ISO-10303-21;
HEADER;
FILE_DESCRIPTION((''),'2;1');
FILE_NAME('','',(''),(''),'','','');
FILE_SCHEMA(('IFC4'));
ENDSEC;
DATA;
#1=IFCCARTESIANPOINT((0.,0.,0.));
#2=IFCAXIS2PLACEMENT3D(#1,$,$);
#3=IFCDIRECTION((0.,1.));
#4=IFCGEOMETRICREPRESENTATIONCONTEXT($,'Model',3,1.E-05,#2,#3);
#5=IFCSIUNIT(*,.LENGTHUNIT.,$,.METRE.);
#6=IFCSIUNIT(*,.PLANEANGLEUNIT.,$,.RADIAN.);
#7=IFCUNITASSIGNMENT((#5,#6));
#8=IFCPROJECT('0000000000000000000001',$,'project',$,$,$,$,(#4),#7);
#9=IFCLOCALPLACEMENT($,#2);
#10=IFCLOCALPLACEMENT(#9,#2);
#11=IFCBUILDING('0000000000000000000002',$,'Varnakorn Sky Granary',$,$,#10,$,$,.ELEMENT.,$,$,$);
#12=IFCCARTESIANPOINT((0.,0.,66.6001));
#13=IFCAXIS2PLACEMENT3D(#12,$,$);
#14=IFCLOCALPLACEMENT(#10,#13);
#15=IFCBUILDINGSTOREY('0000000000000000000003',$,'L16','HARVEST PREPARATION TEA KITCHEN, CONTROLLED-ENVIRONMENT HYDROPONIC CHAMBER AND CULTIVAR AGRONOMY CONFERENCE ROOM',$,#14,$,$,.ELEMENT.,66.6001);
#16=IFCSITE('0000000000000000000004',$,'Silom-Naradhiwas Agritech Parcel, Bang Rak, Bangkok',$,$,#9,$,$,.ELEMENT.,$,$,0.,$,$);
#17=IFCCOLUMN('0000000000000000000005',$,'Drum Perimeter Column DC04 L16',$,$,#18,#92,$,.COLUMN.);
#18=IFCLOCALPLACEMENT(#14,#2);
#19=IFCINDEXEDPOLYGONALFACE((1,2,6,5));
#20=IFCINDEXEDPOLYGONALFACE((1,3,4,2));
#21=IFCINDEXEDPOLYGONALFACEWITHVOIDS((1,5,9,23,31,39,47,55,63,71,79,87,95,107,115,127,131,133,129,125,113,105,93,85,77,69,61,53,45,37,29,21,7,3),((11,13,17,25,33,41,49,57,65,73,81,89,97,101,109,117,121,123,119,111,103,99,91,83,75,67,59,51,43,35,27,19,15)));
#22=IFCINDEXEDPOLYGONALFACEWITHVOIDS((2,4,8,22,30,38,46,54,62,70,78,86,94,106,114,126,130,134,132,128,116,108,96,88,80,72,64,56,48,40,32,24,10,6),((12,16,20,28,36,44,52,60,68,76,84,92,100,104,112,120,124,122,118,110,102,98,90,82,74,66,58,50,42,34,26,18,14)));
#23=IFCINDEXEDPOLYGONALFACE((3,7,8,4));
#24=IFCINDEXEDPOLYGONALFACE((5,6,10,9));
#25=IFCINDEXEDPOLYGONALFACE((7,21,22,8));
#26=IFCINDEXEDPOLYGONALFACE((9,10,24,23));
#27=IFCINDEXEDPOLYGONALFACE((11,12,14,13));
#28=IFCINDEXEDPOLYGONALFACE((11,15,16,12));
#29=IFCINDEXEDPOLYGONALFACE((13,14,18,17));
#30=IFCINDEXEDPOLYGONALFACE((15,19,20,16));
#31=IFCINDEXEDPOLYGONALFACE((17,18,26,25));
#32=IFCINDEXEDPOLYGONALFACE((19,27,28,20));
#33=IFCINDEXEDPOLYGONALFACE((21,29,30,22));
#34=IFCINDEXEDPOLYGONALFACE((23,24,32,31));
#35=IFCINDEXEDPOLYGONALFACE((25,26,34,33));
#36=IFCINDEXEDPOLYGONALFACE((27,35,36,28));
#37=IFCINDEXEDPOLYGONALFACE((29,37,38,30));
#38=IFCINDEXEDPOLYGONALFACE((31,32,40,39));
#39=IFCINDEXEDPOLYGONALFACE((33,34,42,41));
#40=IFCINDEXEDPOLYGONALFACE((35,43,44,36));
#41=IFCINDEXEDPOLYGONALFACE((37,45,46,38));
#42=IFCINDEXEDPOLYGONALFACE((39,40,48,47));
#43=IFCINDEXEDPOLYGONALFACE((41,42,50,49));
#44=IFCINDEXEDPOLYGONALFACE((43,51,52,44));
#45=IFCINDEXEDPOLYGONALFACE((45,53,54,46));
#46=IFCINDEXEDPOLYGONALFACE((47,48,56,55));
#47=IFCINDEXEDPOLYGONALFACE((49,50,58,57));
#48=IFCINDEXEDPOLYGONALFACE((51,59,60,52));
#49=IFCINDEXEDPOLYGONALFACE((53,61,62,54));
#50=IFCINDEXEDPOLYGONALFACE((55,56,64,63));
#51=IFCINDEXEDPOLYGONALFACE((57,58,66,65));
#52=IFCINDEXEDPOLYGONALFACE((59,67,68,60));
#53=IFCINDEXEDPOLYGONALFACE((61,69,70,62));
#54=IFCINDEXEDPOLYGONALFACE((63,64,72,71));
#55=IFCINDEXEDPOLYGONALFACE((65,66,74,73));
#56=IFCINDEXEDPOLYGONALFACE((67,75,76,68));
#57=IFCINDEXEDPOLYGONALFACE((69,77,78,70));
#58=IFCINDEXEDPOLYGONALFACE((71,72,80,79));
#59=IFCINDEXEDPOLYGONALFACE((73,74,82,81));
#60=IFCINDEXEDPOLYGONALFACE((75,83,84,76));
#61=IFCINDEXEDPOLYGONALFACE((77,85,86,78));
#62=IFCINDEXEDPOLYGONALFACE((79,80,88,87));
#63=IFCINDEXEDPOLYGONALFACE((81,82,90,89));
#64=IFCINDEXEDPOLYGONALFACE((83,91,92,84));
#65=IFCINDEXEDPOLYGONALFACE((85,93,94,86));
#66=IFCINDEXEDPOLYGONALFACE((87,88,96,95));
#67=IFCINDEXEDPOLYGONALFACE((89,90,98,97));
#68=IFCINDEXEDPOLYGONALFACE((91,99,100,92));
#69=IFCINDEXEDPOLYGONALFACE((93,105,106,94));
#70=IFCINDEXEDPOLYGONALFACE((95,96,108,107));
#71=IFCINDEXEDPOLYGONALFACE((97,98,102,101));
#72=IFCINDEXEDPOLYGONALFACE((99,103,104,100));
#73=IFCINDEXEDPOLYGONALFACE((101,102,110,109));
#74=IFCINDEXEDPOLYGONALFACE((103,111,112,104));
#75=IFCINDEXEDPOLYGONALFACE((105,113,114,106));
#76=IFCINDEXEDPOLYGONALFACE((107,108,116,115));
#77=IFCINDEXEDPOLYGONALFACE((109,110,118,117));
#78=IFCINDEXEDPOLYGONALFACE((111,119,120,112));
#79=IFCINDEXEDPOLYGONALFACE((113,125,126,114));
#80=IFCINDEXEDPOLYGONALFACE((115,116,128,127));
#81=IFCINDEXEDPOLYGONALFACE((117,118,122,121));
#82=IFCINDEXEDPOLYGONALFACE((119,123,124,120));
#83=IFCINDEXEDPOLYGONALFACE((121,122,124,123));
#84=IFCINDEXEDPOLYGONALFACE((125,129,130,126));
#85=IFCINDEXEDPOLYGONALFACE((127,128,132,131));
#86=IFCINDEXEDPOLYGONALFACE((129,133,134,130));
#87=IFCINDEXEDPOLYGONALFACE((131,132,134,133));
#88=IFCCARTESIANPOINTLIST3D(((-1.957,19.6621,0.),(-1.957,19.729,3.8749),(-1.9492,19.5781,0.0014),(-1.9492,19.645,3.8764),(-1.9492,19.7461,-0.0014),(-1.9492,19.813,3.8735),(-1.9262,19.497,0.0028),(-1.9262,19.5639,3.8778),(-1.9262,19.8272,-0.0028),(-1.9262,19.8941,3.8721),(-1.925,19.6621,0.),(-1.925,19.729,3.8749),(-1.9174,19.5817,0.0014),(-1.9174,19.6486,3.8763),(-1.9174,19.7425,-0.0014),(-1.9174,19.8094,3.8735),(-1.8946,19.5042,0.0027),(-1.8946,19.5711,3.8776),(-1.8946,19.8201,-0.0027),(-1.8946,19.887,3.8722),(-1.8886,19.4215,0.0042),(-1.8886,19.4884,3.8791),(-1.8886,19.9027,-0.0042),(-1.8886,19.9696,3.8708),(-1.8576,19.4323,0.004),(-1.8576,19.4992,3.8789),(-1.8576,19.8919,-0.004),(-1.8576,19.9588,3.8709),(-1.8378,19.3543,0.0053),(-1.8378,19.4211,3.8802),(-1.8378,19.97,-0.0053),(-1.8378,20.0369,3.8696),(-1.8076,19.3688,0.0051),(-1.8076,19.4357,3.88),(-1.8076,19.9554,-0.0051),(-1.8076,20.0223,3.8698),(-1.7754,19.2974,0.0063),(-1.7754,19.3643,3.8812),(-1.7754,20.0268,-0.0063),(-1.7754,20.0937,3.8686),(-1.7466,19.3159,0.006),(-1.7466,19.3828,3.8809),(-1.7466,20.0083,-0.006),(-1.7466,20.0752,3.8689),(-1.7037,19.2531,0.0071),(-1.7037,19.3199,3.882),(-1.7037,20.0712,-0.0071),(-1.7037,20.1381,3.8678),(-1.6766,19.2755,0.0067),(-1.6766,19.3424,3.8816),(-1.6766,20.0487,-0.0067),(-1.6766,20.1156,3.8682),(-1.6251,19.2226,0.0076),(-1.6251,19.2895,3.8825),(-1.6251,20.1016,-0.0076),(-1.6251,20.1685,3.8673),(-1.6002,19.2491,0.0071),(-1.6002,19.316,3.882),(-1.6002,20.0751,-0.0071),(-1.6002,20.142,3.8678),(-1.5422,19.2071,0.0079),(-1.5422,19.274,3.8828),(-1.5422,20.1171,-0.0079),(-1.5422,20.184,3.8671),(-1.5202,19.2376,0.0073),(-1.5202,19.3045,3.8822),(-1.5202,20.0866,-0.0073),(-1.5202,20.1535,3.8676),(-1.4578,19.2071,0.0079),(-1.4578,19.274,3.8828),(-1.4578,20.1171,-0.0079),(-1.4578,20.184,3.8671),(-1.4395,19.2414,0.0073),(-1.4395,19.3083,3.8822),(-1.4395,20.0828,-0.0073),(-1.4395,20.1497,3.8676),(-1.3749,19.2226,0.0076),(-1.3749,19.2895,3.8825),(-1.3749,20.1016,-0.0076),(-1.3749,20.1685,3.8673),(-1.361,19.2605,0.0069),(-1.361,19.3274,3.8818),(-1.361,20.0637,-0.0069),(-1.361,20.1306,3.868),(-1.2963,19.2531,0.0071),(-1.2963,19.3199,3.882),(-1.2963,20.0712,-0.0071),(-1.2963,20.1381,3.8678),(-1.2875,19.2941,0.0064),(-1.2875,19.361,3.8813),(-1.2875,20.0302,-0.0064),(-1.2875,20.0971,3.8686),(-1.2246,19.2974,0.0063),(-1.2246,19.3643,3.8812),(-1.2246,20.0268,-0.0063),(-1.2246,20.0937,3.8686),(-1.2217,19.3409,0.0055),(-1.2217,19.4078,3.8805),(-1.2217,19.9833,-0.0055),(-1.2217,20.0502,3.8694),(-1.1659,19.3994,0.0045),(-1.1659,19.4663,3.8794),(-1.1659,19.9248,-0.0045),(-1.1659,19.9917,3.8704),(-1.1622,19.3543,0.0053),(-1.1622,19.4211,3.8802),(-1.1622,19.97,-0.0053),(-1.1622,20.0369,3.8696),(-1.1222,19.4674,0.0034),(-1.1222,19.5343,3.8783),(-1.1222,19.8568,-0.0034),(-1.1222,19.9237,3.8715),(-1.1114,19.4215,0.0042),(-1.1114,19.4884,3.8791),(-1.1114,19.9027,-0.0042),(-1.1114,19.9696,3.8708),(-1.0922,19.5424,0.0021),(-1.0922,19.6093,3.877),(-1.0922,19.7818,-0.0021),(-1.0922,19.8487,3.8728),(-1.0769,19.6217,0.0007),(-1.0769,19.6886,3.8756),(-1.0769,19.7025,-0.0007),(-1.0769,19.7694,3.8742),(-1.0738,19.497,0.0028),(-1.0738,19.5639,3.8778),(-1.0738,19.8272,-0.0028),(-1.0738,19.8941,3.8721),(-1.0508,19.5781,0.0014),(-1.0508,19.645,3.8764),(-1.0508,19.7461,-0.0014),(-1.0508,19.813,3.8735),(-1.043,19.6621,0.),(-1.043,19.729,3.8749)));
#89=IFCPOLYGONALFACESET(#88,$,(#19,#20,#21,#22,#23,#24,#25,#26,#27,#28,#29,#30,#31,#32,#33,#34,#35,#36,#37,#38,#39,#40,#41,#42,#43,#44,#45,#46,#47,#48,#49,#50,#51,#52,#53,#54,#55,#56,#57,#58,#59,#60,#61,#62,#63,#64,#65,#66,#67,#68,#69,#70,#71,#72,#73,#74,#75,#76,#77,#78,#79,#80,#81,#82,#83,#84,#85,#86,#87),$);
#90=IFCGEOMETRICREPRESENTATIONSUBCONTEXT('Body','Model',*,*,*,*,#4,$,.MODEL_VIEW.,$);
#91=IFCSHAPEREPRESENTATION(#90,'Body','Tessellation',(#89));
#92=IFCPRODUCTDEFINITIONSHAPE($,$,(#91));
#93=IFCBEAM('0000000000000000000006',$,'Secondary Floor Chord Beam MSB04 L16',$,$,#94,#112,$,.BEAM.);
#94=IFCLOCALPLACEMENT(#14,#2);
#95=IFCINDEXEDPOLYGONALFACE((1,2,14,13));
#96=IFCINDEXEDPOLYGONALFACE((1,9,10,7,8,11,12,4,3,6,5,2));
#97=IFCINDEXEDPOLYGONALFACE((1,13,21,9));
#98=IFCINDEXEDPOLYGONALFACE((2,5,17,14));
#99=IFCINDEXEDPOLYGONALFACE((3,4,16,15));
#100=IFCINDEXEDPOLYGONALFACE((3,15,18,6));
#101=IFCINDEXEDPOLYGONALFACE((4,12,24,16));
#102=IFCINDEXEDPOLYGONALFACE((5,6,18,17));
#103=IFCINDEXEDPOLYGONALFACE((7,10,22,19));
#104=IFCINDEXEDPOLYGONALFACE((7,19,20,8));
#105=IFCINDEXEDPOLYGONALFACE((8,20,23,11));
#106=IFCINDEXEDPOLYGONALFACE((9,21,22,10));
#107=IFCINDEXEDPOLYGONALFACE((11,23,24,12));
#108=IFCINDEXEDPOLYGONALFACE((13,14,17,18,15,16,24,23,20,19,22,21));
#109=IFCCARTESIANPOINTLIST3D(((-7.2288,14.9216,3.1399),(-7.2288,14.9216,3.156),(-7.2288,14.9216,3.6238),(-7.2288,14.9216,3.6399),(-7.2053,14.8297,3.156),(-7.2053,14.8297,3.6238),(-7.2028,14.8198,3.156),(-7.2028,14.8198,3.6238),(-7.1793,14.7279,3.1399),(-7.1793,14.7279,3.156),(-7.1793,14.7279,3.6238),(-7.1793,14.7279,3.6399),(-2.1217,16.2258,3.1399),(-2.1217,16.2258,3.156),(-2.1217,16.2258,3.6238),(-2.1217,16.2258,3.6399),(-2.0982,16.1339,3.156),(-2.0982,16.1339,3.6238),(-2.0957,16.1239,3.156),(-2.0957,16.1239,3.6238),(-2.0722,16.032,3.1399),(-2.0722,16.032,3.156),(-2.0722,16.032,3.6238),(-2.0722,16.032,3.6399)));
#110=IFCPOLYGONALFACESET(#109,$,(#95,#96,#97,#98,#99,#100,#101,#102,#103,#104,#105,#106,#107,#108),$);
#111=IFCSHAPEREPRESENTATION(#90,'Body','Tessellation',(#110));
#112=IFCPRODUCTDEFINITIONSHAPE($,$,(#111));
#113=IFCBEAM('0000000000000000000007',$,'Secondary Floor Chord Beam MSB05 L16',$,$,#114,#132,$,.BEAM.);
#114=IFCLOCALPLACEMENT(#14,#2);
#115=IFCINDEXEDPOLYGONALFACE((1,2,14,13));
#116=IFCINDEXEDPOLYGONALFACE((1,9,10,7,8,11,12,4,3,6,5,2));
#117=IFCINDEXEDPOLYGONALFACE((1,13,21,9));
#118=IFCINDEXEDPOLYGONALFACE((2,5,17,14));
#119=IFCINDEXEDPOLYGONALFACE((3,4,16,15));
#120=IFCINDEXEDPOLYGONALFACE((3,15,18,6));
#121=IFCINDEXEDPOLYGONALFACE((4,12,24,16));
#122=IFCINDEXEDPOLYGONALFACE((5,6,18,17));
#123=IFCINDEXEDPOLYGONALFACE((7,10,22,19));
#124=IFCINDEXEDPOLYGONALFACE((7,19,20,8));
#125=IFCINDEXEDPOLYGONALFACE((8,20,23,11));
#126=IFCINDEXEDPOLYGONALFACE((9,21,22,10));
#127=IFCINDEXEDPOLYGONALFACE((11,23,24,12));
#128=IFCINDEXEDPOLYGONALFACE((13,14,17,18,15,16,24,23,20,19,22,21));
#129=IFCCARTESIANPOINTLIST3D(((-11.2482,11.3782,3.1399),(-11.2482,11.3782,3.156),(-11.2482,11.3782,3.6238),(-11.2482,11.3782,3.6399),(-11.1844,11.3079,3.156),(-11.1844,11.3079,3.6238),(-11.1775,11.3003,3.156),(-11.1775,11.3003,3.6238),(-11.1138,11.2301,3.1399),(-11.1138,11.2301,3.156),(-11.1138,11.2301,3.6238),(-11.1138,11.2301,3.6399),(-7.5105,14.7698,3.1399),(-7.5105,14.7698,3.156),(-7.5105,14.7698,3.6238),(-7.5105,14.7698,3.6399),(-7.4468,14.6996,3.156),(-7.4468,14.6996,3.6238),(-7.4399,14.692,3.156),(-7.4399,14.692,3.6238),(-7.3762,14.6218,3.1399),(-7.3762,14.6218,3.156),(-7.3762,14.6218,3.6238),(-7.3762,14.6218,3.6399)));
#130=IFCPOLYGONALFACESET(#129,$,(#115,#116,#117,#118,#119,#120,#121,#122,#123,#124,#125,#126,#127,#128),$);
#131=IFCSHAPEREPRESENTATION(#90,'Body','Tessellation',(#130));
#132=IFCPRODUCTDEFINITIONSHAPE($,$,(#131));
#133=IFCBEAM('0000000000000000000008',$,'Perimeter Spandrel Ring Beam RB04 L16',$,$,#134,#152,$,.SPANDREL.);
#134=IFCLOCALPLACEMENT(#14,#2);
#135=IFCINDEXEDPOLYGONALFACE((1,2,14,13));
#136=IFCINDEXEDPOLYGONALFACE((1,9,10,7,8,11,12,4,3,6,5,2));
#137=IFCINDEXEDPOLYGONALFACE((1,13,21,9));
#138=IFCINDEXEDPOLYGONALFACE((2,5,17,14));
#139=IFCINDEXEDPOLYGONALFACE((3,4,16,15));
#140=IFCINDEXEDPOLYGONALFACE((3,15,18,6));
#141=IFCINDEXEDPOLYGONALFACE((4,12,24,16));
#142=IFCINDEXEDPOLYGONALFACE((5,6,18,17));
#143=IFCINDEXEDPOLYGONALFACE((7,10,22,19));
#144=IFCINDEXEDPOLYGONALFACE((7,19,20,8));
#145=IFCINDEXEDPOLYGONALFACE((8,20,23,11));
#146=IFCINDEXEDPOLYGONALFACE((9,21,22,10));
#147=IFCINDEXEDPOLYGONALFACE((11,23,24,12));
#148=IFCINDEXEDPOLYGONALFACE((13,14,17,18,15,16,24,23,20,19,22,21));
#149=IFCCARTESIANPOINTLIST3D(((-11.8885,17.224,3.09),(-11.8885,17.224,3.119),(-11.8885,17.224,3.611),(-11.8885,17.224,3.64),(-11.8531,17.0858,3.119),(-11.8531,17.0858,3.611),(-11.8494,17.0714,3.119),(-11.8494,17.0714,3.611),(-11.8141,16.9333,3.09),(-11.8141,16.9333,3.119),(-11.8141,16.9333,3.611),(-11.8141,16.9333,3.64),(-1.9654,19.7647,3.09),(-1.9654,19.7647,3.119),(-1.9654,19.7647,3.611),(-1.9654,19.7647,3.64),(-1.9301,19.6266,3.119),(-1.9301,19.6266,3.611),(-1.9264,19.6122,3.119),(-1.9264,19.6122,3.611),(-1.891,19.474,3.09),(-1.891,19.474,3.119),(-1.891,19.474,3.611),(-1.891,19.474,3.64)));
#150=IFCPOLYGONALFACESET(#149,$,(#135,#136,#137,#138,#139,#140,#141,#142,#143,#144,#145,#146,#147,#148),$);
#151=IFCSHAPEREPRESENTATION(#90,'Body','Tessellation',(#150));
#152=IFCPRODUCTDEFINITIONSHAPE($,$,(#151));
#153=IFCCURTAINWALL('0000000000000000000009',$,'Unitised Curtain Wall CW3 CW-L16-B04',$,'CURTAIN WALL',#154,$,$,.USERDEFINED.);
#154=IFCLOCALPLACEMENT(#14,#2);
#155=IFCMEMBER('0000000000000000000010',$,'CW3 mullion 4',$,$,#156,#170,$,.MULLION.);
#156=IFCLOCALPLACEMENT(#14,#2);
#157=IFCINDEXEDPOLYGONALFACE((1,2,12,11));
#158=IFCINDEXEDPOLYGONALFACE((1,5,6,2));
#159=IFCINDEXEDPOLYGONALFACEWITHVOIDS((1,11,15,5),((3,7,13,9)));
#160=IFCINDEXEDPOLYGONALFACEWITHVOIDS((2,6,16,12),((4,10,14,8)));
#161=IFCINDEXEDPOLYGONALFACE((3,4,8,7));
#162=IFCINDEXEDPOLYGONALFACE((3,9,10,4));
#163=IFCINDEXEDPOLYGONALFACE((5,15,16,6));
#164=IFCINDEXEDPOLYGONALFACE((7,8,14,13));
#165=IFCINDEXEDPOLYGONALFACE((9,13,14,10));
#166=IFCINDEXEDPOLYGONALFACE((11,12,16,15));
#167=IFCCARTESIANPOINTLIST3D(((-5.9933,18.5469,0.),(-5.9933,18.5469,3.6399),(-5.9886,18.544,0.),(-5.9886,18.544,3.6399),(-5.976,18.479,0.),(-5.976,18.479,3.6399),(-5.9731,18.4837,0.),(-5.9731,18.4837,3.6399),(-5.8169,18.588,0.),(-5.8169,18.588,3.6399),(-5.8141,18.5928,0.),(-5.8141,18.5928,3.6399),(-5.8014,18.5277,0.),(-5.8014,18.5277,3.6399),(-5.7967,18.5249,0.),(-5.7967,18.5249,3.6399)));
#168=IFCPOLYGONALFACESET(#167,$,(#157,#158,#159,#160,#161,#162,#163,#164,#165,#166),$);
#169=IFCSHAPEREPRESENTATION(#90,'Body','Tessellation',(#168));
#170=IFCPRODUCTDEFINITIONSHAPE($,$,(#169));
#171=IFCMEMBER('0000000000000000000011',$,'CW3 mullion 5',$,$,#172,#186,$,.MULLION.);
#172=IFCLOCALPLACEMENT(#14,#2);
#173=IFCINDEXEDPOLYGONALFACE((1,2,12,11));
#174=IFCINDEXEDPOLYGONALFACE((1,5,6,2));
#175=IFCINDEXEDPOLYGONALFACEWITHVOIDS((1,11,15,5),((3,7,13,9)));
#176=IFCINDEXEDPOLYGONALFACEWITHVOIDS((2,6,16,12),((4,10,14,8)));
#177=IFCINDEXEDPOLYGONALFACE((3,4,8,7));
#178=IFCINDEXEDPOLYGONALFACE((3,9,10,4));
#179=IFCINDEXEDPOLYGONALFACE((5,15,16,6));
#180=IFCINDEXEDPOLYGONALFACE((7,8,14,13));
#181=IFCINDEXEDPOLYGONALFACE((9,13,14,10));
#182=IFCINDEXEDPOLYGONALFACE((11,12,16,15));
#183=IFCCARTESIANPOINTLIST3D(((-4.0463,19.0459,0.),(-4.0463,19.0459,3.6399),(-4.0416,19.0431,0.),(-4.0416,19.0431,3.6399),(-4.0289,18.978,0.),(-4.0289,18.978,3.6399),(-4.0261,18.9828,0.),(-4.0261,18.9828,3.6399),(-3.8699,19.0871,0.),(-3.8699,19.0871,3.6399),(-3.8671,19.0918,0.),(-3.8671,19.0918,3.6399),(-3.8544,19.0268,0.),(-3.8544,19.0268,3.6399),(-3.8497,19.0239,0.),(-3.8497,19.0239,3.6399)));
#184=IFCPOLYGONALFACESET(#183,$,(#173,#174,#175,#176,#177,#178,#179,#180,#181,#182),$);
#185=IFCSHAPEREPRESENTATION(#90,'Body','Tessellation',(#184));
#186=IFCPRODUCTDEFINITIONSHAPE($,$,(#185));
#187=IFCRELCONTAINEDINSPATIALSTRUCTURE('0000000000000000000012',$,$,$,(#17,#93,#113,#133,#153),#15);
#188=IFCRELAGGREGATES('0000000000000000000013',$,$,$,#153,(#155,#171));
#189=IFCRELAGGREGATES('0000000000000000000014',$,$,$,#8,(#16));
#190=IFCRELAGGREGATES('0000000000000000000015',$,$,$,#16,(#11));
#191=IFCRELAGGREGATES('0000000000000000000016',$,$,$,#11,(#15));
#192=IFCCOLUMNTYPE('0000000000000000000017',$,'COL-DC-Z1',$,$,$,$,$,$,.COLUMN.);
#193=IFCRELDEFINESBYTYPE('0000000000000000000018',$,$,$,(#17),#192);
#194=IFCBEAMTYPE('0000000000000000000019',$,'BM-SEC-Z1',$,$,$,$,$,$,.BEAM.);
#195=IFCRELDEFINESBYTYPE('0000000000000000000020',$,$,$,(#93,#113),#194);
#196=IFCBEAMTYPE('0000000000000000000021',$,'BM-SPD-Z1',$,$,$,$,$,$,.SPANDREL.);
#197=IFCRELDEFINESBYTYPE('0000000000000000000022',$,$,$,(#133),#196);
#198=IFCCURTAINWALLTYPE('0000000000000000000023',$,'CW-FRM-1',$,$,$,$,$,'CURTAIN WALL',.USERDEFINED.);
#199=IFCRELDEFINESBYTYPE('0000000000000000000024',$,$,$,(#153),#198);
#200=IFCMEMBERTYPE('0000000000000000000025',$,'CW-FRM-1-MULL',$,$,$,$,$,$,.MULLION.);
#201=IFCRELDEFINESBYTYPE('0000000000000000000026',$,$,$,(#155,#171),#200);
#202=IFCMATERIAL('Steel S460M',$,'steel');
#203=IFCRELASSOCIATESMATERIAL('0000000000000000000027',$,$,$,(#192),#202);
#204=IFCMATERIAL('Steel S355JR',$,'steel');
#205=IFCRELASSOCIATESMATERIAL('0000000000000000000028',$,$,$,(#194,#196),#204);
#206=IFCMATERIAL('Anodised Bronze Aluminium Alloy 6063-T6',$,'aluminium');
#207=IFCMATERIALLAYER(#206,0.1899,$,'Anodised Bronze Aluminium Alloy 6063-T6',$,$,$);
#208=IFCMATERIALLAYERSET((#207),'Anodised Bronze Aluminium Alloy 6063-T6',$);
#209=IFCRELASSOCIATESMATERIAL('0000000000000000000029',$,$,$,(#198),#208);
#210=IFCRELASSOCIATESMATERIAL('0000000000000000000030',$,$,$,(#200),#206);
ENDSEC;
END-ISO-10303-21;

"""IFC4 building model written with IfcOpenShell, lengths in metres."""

from ifc_helpers import new_model, si_unit, direction, frame, origin, origin_2d, place, context, subcontext, project, spatial, hollow_rectangle, hollow_circle, i_section, extrude, material, layer, layer_set, material_profile, profile_set, type_object, element, aggregate, save


model = new_model("IFC4")

# Units and contexts
model_context = context("Model", 3, precision=1e-05, world=origin(), true_north=direction((0.0, 1.0)))
body_context = subcontext(model_context, "Body", "Model", "MODEL_VIEW")
ifc_project = project(units=[si_unit("LENGTHUNIT", "METRE"), si_unit("PLANEANGLEUNIT", "RADIAN")], contexts=[model_context])

# Site, building, storey
site_placement = place(None, origin())
site = spatial("IfcSite", under=ifc_project, at=site_placement, Name="Silom-Naradhiwas Agritech Parcel, Bang Rak, Bangkok", CompositionType="ELEMENT", RefElevation=0.0)
building_placement = place(site_placement, origin())
building = spatial("IfcBuilding", under=site, at=building_placement, Name="Varnakorn Sky Granary", CompositionType="ELEMENT")
storey_placement = place(building_placement, frame((0.0, 0.0, 66.6001)))
storey = spatial("IfcBuildingStorey", under=building, at=storey_placement, Name="L16", Description="HARVEST PREPARATION TEA KITCHEN, CONTROLLED-ENVIRONMENT HYDROPONIC CHAMBER AND CULTIVAR AGRONOMY CONFERENCE ROOM", CompositionType="ELEMENT", Elevation=66.6001)

# Column
ifc_material_1 = material(Name="Steel S460M", Category="steel")
ifc_material_profile_1 = material_profile(ifc_material_1, hollow_circle(Radius=0.457, WallThickness=0.032, at=origin_2d()), Name="CHS 914x32")
ifc_profile_set_1 = profile_set([ifc_material_profile_1], Name="Steel S460M")
column_type = type_object("IfcColumnType", Name="COL-DC-Z1", PredefinedType="COLUMN", material=ifc_profile_set_1)
column_placement = place(storey_placement, frame((-1.5, 19.6621, 0.0), z_axis=(0.0, 0.017261, 0.999851), x_axis=(-1.0, 0.0, 0.0)))
element("IfcColumn", 1, at=column_placement, inside=storey, type_object=column_type, Name="Drum Perimeter Column DC04 L16", PredefinedType="COLUMN", context=body_context, shape_type="SweptSolid", body=[
    extrude(hollow_circle(Radius=0.457, WallThickness=0.032, at=origin_2d()), origin(), (0.0, 0.0, 1.0), 3.8755),
])

# Beams
ifc_material_2 = material(Name="Steel S355JR", Category="steel")
ifc_material_profile_2 = material_profile(ifc_material_2, i_section(OverallWidth=0.2, OverallDepth=0.5, WebThickness=0.0103, FlangeThickness=0.0161, at=origin_2d()), Name="IPE 500")
ifc_profile_set_2 = profile_set([ifc_material_profile_2], Name="Steel S355JR")
beam_type_1 = type_object("IfcBeamType", Name="BM-SEC-Z1", PredefinedType="BEAM", material=ifc_profile_set_2)
beam_1_placement = place(storey_placement, frame((-2.0969, 16.1289, 3.3899), z_axis=(-0.968907, -0.247426, 0.0), x_axis=(0.247426, -0.968907, 0.0)))
element("IfcBeam", 2, at=beam_1_placement, inside=storey, type_object=beam_type_1, Name="Secondary Floor Chord Beam MSB04 L16", PredefinedType="BEAM", context=body_context, shape_type="SweptSolid", body=[
    extrude(i_section(OverallWidth=0.2, OverallDepth=0.5, WebThickness=0.0103, FlangeThickness=0.0161, at=origin_2d()), origin(), (0.0, 0.0, 1.0), 5.271),
])
beam_2_placement = place(storey_placement, frame((-7.4434, 14.6958, 3.3899), z_axis=(-0.740548, -0.672003, 0.0), x_axis=(0.672003, -0.740548, 0.0)))
element("IfcBeam", 3, at=beam_2_placement, inside=storey, type_object=beam_type_1, Name="Secondary Floor Chord Beam MSB05 L16", PredefinedType="BEAM", context=body_context, shape_type="SweptSolid", body=[
    extrude(i_section(OverallWidth=0.2, OverallDepth=0.5, WebThickness=0.0103, FlangeThickness=0.0161, at=origin_2d()), origin(), (0.0, 0.0, 1.0), 5.0471),
])
ifc_material_profile_3 = material_profile(ifc_material_2, i_section(OverallWidth=0.3, OverallDepth=0.55, WebThickness=0.0149, FlangeThickness=0.0291, at=origin_2d()), Name="HE 550 B")
ifc_profile_set_3 = profile_set([ifc_material_profile_3], Name="Steel S355JR")
beam_type_2 = type_object("IfcBeamType", Name="BM-SPD-Z1", PredefinedType="SPANDREL", material=ifc_profile_set_3)
beam_3_placement = place(storey_placement, frame((-1.9282, 19.6194, 3.365), z_axis=(-0.968749, -0.248044, 0.0), x_axis=(0.248044, -0.968749, 0.0)))
element("IfcBeam", 4, at=beam_3_placement, inside=storey, type_object=beam_type_2, Name="Perimeter Spandrel Ring Beam RB04 L16", PredefinedType="SPANDREL", context=body_context, shape_type="SweptSolid", body=[
    extrude(i_section(OverallWidth=0.3, OverallDepth=0.55, WebThickness=0.0149, FlangeThickness=0.0291, at=origin_2d()), origin(), (0.0, 0.0, 1.0), 10.2432),
])

# Curtain wall, members
ifc_material_3 = material(Name="Anodised Bronze Aluminium Alloy 6063-T6", Category="aluminium")
ifc_layer_1 = layer(ifc_material_3, 0.1899, Name="Anodised Bronze Aluminium Alloy 6063-T6")
ifc_layer_set_1 = layer_set([ifc_layer_1], Name="Anodised Bronze Aluminium Alloy 6063-T6")
curtain_wall_type = type_object("IfcCurtainWallType", Name="CW-FRM-1", ElementType="CURTAIN WALL", PredefinedType="USERDEFINED", material=ifc_layer_set_1)
curtain_wall_placement = place(storey_placement, origin())
curtain_wall = element("IfcCurtainWall", 5, at=curtain_wall_placement, inside=storey, type_object=curtain_wall_type, Name="Unitised Curtain Wall CW3 CW-L16-B04", ObjectType="CURTAIN WALL", PredefinedType="USERDEFINED")
ifc_material_profile_4 = material_profile(ifc_material_3, hollow_rectangle(XDim=0.0701, YDim=0.1851, WallThickness=0.0039, at=origin_2d()), Name="ALU MULL 70x185")
ifc_profile_set_4 = profile_set([ifc_material_profile_4], Name="Anodised Bronze Aluminium Alloy 6063-T6")
member_type_1 = type_object("IfcMemberType", Name="CW-FRM-1-MULL", PredefinedType="MULLION", material=ifc_profile_set_4)
member_1_placement = place(storey_placement, frame((-5.895, 18.5359, 0.0), z_axis=(0.0, 0.0, 1.0), x_axis=(-0.248211, 0.968706, 0.0)))
member_1 = element("IfcMember", 6, at=member_1_placement, type_object=member_type_1, Name="CW3 mullion 4", PredefinedType="MULLION", context=body_context, shape_type="SweptSolid", body=[
    extrude(hollow_rectangle(XDim=0.0701, YDim=0.1851, WallThickness=0.0039, at=origin_2d()), origin(), (0.0, 0.0, 1.0), 3.6399),
])
member_2_placement = place(storey_placement, frame((-3.948, 19.0349, 0.0), z_axis=(0.0, 0.0, 1.0), x_axis=(-0.248211, 0.968706, 0.0)))
member_2 = element("IfcMember", 7, at=member_2_placement, type_object=member_type_1, Name="CW3 mullion 5", PredefinedType="MULLION", context=body_context, shape_type="SweptSolid", body=[
    extrude(hollow_rectangle(XDim=0.0701, YDim=0.1851, WallThickness=0.0039, at=origin_2d()), origin(), (0.0, 0.0, 1.0), 3.6399),
])
aggregate(curtain_wall, [member_1, member_2])

save(model, "model.ifc")
